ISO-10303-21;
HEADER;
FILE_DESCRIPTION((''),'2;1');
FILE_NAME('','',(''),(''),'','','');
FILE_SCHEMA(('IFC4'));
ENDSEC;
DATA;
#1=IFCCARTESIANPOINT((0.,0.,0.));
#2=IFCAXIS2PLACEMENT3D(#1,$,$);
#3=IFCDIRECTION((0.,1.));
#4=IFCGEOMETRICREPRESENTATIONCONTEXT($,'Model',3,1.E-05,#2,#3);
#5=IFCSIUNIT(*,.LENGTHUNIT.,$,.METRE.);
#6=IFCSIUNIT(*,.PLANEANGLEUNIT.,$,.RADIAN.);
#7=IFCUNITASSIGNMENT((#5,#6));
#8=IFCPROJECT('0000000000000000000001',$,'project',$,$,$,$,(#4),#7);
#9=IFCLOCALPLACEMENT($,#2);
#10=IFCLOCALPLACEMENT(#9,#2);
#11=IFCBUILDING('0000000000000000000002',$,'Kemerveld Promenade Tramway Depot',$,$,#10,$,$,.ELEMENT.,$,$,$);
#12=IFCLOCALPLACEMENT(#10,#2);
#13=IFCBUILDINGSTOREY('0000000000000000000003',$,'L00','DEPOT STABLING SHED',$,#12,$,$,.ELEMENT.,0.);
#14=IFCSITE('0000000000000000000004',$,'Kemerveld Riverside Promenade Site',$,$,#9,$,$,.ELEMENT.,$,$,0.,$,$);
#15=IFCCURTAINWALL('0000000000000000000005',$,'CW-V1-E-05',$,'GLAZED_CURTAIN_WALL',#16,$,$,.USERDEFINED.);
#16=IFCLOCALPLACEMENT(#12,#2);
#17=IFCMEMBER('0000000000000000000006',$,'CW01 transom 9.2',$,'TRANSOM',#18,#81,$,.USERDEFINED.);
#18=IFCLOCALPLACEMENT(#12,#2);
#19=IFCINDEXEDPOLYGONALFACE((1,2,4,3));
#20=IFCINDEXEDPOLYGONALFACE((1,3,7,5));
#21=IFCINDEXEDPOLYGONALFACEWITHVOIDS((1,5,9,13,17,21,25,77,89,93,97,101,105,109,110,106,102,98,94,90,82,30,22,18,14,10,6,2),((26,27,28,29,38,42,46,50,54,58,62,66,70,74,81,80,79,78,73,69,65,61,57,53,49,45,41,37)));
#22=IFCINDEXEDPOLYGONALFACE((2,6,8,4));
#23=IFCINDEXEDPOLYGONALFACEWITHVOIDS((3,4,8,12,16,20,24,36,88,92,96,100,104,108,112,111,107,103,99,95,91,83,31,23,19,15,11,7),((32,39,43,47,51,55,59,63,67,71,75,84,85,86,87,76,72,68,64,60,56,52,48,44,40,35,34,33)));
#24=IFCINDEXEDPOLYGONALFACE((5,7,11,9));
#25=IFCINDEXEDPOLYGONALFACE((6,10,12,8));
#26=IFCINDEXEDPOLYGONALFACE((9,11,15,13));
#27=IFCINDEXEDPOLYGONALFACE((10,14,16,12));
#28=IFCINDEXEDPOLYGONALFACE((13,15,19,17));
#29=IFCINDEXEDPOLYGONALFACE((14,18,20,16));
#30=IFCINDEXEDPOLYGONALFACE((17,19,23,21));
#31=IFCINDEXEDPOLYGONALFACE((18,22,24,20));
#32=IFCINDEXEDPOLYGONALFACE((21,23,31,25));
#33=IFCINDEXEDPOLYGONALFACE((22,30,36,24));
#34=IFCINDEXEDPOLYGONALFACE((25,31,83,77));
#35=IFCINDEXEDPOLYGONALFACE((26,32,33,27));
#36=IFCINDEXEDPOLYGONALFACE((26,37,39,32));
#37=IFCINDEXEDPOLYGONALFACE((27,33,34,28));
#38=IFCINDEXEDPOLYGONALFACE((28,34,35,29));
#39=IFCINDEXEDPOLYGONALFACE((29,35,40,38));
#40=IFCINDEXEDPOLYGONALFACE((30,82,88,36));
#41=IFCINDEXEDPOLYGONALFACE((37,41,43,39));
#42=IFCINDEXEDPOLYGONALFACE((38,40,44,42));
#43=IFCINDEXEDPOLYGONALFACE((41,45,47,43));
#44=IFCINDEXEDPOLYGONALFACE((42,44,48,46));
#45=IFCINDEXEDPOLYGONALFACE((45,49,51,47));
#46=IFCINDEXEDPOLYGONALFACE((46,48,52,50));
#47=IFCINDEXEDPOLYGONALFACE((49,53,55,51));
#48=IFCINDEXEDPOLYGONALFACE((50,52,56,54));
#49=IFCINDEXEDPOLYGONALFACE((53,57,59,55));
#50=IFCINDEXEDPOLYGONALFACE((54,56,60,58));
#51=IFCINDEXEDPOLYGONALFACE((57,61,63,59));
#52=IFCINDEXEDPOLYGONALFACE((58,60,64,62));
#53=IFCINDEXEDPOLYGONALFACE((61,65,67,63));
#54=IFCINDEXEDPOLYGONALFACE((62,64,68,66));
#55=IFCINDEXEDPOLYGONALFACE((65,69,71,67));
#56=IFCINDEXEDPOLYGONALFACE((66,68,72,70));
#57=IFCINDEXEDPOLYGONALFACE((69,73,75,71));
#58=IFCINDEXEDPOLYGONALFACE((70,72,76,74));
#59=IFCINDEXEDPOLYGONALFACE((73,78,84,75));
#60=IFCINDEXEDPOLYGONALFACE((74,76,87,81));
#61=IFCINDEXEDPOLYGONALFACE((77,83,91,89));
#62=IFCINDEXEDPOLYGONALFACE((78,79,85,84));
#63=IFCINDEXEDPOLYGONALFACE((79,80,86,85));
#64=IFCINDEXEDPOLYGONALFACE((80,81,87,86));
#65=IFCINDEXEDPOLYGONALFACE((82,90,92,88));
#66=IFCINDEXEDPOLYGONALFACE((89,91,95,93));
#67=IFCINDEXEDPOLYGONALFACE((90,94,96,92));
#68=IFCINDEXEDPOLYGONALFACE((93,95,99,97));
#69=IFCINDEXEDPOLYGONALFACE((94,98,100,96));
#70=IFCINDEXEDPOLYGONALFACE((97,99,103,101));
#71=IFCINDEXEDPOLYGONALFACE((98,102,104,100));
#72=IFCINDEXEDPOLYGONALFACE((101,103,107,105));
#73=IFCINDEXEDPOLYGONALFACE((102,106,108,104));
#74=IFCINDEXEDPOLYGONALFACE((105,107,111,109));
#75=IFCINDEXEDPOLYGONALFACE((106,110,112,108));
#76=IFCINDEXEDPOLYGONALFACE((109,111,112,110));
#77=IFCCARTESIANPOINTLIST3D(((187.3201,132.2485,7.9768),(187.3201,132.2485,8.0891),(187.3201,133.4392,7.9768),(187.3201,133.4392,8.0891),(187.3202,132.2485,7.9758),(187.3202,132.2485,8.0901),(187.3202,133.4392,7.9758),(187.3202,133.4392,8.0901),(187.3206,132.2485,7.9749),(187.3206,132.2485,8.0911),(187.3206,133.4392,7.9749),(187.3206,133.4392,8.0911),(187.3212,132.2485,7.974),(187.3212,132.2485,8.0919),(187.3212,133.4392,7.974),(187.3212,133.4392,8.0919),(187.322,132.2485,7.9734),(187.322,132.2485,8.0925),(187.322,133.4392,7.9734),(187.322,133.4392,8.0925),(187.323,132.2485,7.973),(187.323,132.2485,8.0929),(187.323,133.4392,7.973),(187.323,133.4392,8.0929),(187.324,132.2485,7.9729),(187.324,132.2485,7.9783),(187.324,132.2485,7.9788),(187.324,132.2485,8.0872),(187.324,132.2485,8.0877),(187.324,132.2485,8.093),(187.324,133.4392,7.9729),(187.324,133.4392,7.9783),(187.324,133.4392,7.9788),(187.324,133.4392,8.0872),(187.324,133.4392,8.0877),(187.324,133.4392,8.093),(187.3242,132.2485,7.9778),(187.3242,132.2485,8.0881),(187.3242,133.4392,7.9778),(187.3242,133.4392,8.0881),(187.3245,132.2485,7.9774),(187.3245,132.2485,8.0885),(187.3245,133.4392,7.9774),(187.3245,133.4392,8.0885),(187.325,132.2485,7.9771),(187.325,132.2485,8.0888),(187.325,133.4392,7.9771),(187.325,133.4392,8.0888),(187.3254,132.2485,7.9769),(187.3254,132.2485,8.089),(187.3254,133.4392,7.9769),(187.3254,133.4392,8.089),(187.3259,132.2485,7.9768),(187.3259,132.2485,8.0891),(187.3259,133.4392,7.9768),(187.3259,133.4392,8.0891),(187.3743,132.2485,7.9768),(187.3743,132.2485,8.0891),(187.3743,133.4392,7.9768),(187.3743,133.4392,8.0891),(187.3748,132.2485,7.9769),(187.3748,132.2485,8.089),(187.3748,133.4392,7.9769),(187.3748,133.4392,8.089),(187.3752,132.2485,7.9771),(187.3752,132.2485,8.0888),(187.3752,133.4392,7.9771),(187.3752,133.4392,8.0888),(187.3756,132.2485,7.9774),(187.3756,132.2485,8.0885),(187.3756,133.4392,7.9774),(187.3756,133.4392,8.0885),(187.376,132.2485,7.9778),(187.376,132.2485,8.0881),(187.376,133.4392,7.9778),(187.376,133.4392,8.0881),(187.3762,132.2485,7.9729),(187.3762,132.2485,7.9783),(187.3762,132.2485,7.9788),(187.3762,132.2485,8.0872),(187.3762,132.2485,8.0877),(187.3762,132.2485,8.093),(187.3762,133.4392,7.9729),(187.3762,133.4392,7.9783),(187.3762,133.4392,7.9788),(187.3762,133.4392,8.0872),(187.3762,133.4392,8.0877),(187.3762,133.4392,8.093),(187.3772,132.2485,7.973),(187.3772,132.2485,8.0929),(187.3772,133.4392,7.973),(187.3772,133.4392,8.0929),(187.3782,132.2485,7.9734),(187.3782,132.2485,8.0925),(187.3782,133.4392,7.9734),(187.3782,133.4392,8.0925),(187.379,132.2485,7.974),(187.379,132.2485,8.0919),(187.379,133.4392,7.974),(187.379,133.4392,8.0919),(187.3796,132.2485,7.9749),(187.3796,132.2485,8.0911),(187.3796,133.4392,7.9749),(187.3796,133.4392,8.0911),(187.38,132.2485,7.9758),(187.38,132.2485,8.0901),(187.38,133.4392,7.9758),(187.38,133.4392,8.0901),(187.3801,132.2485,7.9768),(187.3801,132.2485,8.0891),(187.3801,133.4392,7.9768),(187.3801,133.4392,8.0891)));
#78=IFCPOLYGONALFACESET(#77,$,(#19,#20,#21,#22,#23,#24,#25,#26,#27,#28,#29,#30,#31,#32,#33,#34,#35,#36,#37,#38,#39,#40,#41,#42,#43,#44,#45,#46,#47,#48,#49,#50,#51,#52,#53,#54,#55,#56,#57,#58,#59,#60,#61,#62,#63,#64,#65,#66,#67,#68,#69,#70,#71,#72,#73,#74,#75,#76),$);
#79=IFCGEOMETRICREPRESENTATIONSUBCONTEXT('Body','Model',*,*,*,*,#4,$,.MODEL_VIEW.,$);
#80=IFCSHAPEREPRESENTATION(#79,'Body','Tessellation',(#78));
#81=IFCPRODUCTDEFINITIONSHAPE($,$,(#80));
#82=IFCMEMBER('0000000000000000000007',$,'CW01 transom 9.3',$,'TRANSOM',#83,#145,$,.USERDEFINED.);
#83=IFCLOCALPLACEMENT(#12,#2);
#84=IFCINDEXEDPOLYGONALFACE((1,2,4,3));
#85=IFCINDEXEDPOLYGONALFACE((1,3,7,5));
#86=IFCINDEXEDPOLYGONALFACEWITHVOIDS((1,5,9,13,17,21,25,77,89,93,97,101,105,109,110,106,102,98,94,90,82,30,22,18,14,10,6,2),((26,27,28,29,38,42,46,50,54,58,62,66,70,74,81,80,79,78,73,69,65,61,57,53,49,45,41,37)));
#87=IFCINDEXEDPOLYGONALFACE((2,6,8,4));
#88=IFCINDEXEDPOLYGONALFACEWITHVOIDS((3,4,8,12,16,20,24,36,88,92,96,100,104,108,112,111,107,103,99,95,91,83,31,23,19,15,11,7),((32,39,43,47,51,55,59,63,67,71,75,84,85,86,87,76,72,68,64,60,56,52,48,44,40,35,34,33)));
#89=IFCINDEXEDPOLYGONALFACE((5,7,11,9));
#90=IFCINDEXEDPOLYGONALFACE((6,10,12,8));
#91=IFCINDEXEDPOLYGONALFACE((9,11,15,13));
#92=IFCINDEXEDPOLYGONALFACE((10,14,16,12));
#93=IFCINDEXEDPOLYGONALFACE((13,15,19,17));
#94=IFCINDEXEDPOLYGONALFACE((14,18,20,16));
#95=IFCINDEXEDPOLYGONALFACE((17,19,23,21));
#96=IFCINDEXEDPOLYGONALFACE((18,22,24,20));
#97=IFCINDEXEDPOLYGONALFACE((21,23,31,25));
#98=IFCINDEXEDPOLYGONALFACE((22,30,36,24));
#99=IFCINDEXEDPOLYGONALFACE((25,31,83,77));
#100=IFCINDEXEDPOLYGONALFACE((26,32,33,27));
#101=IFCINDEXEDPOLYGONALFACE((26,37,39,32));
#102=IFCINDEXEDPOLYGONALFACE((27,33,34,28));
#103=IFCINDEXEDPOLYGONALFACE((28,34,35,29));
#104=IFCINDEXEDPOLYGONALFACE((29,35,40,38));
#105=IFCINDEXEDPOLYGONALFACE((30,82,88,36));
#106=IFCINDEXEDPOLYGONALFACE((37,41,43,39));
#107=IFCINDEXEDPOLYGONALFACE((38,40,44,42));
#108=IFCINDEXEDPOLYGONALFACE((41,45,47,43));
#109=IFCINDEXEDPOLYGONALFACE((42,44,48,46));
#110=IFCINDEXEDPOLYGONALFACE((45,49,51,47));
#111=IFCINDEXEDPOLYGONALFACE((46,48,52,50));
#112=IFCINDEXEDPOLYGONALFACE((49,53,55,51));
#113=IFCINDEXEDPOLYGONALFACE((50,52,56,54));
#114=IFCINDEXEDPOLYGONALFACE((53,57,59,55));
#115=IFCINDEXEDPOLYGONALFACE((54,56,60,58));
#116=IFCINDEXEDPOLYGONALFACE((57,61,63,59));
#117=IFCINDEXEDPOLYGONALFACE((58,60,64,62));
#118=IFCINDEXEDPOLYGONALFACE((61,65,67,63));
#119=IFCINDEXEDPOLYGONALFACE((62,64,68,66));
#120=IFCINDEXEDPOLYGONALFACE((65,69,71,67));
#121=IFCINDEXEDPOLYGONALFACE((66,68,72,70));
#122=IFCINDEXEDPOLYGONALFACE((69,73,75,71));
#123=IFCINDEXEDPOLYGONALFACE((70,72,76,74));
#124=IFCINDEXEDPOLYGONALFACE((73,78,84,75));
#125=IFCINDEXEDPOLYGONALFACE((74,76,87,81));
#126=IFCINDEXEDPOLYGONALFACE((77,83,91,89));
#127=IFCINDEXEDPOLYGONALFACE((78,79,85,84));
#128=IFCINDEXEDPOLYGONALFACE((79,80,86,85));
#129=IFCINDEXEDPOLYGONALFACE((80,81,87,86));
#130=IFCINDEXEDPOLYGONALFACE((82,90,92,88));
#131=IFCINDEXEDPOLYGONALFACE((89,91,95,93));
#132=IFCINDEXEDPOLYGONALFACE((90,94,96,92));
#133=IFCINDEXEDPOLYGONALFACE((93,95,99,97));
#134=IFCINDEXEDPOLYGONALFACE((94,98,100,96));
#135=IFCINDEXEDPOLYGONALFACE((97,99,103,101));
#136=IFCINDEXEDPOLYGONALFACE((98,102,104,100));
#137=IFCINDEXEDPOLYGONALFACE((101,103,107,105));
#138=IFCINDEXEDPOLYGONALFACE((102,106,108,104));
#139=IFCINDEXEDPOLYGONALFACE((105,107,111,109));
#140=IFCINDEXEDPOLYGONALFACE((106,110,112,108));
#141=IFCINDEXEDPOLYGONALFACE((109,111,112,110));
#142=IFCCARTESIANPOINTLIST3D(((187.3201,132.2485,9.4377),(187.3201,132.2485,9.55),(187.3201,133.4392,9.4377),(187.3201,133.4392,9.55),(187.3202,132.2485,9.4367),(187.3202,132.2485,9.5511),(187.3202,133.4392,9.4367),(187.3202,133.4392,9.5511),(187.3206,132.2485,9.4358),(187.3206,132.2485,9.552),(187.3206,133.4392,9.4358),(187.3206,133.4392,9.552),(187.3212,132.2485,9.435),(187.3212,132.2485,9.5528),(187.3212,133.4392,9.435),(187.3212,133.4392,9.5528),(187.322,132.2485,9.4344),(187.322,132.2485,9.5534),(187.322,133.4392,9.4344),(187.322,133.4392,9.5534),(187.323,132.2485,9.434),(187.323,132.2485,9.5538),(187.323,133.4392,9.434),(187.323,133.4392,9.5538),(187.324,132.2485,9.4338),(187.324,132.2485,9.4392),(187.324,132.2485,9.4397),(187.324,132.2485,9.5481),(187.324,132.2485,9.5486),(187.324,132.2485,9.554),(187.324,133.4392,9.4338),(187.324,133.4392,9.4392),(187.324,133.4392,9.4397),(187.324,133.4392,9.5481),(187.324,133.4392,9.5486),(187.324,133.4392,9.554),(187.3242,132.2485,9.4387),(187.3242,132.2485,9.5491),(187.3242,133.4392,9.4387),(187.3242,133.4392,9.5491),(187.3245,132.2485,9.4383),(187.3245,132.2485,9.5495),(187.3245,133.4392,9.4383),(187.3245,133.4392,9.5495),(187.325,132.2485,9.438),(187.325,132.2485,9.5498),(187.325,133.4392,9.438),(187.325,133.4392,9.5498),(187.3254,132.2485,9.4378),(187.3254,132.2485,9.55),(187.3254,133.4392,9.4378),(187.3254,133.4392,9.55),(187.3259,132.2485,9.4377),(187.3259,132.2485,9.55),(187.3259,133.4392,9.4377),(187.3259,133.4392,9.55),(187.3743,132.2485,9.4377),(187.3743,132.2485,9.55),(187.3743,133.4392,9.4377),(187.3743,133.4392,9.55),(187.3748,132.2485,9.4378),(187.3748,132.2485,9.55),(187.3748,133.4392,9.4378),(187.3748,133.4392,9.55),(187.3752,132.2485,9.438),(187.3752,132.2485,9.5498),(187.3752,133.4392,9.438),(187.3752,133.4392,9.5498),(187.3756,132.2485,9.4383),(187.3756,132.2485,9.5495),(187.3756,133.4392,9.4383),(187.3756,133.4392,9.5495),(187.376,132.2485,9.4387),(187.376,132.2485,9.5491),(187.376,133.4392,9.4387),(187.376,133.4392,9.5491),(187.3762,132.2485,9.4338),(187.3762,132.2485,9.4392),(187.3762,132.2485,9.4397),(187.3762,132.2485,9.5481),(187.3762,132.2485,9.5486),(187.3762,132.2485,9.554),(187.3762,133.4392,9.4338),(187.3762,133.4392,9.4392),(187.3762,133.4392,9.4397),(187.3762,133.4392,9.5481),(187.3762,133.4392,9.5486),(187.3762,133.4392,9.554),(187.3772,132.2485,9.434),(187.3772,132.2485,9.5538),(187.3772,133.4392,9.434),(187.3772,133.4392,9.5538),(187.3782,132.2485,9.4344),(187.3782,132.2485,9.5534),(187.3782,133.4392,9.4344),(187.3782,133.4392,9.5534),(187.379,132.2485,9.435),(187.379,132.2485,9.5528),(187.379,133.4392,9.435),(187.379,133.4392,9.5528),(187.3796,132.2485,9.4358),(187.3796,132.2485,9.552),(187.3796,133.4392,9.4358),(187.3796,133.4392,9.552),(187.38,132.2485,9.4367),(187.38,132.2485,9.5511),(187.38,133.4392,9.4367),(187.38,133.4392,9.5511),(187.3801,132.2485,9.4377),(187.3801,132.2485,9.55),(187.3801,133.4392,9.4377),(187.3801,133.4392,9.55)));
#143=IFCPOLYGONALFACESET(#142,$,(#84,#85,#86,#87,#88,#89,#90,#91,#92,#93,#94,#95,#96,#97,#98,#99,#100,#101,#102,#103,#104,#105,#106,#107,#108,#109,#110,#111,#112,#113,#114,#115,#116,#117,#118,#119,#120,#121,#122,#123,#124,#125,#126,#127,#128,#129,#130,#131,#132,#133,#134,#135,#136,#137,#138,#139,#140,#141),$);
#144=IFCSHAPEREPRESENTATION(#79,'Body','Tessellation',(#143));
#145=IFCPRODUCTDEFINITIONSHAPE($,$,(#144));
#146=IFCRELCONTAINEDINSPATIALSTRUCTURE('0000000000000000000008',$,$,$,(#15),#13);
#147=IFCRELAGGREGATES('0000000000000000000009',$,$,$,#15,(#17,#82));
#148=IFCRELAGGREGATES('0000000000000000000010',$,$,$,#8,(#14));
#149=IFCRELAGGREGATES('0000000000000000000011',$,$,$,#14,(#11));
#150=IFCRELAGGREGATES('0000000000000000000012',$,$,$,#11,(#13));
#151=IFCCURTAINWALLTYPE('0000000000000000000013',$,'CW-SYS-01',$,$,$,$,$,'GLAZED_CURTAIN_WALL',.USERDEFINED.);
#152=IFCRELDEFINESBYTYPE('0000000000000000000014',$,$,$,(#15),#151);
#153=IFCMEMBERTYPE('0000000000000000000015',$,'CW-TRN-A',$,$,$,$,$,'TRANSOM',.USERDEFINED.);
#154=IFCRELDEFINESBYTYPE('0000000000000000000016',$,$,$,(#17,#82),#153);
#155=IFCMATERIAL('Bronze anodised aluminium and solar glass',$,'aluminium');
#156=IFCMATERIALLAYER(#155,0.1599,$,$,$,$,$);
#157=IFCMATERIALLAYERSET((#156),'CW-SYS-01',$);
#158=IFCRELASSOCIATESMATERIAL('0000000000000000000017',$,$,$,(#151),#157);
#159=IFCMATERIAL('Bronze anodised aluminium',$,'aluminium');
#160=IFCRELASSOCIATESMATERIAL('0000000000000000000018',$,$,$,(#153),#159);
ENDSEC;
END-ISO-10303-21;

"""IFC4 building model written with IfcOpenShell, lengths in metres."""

from ifc_helpers import new_model, si_unit, direction, frame, origin, origin_2d, place, context, subcontext, project, spatial, hollow_rectangle, extrude, material, layer, layer_set, material_profile, profile_set, type_object, element, aggregate, save


model = new_model("IFC4")

# Units and contexts
model_context = context("Model", 3, precision=1e-05, world=origin(), true_north=direction((0.0, 1.0)))
body_context = subcontext(model_context, "Body", "Model", "MODEL_VIEW")
ifc_project = project(units=[si_unit("LENGTHUNIT", "METRE"), si_unit("PLANEANGLEUNIT", "RADIAN")], contexts=[model_context])

# Site, building, storey
site_placement = place(None, origin())
site = spatial("IfcSite", under=ifc_project, at=site_placement, Name="Kemerveld Riverside Promenade Site", CompositionType="ELEMENT", RefElevation=0.0)
building_placement = place(site_placement, origin())
building = spatial("IfcBuilding", under=site, at=building_placement, Name="Kemerveld Promenade Tramway Depot", CompositionType="ELEMENT")
storey_placement = place(building_placement, origin())
storey = spatial("IfcBuildingStorey", under=building, at=storey_placement, Name="L00", Description="DEPOT STABLING SHED", CompositionType="ELEMENT", Elevation=0.0)

# Curtain wall, members
ifc_material_1 = material(Name="Bronze anodised aluminium and solar glass", Category="aluminium")
ifc_layer_1 = layer(ifc_material_1, 0.1599)
ifc_layer_set_1 = layer_set([ifc_layer_1], Name="CW-SYS-01")
curtain_wall_type = type_object("IfcCurtainWallType", Name="CW-SYS-01", ElementType="GLAZED_CURTAIN_WALL", PredefinedType="USERDEFINED", material=ifc_layer_set_1)
curtain_wall_placement = place(storey_placement, origin())
curtain_wall = element("IfcCurtainWall", 1, at=curtain_wall_placement, inside=storey, type_object=curtain_wall_type, Name="CW-V1-E-05", ObjectType="GLAZED_CURTAIN_WALL", PredefinedType="USERDEFINED")
ifc_material_2 = material(Name="Bronze anodised aluminium", Category="aluminium")
ifc_material_profile_1 = material_profile(ifc_material_2, hollow_rectangle(XDim=0.0601, YDim=0.1201, WallThickness=0.0039, InnerFilletRadius=0.002, OuterFilletRadius=0.0039, at=origin_2d()), Name="CW-TRN-120x60")
ifc_profile_set_1 = profile_set([ifc_material_profile_1], Name="Bronze anodised aluminium")
member_type_1 = type_object("IfcMemberType", Name="CW-TRN-A", ElementType="TRANSOM", PredefinedType="USERDEFINED", material=ifc_profile_set_1)
member_1_placement = place(storey_placement, frame((187.3501, 133.4392, 8.033), z_axis=(0.0, -1.0, 0.0), x_axis=(1.0, 0.0, 0.0)))
member_1 = element("IfcMember", 2, at=member_1_placement, type_object=member_type_1, Name="CW01 transom 9.2", ObjectType="TRANSOM", PredefinedType="USERDEFINED", context=body_context, shape_type="SweptSolid", body=[
    extrude(hollow_rectangle(XDim=0.0601, YDim=0.1201, WallThickness=0.0039, InnerFilletRadius=0.002, OuterFilletRadius=0.0039, at=origin_2d()), origin(), (0.0, 0.0, 1.0), 1.1907),
])
member_2_placement = place(storey_placement, frame((187.3501, 133.4392, 9.4939), z_axis=(0.0, -1.0, 0.0), x_axis=(1.0, 0.0, 0.0)))
member_2 = element("IfcMember", 3, at=member_2_placement, type_object=member_type_1, Name="CW01 transom 9.3", ObjectType="TRANSOM", PredefinedType="USERDEFINED", context=body_context, shape_type="SweptSolid", body=[
    extrude(hollow_rectangle(XDim=0.0601, YDim=0.1201, WallThickness=0.0039, InnerFilletRadius=0.002, OuterFilletRadius=0.0039, at=origin_2d()), origin(), (0.0, 0.0, 1.0), 1.1907),
])
aggregate(curtain_wall, [member_1, member_2])

save(model, "model.ifc")
